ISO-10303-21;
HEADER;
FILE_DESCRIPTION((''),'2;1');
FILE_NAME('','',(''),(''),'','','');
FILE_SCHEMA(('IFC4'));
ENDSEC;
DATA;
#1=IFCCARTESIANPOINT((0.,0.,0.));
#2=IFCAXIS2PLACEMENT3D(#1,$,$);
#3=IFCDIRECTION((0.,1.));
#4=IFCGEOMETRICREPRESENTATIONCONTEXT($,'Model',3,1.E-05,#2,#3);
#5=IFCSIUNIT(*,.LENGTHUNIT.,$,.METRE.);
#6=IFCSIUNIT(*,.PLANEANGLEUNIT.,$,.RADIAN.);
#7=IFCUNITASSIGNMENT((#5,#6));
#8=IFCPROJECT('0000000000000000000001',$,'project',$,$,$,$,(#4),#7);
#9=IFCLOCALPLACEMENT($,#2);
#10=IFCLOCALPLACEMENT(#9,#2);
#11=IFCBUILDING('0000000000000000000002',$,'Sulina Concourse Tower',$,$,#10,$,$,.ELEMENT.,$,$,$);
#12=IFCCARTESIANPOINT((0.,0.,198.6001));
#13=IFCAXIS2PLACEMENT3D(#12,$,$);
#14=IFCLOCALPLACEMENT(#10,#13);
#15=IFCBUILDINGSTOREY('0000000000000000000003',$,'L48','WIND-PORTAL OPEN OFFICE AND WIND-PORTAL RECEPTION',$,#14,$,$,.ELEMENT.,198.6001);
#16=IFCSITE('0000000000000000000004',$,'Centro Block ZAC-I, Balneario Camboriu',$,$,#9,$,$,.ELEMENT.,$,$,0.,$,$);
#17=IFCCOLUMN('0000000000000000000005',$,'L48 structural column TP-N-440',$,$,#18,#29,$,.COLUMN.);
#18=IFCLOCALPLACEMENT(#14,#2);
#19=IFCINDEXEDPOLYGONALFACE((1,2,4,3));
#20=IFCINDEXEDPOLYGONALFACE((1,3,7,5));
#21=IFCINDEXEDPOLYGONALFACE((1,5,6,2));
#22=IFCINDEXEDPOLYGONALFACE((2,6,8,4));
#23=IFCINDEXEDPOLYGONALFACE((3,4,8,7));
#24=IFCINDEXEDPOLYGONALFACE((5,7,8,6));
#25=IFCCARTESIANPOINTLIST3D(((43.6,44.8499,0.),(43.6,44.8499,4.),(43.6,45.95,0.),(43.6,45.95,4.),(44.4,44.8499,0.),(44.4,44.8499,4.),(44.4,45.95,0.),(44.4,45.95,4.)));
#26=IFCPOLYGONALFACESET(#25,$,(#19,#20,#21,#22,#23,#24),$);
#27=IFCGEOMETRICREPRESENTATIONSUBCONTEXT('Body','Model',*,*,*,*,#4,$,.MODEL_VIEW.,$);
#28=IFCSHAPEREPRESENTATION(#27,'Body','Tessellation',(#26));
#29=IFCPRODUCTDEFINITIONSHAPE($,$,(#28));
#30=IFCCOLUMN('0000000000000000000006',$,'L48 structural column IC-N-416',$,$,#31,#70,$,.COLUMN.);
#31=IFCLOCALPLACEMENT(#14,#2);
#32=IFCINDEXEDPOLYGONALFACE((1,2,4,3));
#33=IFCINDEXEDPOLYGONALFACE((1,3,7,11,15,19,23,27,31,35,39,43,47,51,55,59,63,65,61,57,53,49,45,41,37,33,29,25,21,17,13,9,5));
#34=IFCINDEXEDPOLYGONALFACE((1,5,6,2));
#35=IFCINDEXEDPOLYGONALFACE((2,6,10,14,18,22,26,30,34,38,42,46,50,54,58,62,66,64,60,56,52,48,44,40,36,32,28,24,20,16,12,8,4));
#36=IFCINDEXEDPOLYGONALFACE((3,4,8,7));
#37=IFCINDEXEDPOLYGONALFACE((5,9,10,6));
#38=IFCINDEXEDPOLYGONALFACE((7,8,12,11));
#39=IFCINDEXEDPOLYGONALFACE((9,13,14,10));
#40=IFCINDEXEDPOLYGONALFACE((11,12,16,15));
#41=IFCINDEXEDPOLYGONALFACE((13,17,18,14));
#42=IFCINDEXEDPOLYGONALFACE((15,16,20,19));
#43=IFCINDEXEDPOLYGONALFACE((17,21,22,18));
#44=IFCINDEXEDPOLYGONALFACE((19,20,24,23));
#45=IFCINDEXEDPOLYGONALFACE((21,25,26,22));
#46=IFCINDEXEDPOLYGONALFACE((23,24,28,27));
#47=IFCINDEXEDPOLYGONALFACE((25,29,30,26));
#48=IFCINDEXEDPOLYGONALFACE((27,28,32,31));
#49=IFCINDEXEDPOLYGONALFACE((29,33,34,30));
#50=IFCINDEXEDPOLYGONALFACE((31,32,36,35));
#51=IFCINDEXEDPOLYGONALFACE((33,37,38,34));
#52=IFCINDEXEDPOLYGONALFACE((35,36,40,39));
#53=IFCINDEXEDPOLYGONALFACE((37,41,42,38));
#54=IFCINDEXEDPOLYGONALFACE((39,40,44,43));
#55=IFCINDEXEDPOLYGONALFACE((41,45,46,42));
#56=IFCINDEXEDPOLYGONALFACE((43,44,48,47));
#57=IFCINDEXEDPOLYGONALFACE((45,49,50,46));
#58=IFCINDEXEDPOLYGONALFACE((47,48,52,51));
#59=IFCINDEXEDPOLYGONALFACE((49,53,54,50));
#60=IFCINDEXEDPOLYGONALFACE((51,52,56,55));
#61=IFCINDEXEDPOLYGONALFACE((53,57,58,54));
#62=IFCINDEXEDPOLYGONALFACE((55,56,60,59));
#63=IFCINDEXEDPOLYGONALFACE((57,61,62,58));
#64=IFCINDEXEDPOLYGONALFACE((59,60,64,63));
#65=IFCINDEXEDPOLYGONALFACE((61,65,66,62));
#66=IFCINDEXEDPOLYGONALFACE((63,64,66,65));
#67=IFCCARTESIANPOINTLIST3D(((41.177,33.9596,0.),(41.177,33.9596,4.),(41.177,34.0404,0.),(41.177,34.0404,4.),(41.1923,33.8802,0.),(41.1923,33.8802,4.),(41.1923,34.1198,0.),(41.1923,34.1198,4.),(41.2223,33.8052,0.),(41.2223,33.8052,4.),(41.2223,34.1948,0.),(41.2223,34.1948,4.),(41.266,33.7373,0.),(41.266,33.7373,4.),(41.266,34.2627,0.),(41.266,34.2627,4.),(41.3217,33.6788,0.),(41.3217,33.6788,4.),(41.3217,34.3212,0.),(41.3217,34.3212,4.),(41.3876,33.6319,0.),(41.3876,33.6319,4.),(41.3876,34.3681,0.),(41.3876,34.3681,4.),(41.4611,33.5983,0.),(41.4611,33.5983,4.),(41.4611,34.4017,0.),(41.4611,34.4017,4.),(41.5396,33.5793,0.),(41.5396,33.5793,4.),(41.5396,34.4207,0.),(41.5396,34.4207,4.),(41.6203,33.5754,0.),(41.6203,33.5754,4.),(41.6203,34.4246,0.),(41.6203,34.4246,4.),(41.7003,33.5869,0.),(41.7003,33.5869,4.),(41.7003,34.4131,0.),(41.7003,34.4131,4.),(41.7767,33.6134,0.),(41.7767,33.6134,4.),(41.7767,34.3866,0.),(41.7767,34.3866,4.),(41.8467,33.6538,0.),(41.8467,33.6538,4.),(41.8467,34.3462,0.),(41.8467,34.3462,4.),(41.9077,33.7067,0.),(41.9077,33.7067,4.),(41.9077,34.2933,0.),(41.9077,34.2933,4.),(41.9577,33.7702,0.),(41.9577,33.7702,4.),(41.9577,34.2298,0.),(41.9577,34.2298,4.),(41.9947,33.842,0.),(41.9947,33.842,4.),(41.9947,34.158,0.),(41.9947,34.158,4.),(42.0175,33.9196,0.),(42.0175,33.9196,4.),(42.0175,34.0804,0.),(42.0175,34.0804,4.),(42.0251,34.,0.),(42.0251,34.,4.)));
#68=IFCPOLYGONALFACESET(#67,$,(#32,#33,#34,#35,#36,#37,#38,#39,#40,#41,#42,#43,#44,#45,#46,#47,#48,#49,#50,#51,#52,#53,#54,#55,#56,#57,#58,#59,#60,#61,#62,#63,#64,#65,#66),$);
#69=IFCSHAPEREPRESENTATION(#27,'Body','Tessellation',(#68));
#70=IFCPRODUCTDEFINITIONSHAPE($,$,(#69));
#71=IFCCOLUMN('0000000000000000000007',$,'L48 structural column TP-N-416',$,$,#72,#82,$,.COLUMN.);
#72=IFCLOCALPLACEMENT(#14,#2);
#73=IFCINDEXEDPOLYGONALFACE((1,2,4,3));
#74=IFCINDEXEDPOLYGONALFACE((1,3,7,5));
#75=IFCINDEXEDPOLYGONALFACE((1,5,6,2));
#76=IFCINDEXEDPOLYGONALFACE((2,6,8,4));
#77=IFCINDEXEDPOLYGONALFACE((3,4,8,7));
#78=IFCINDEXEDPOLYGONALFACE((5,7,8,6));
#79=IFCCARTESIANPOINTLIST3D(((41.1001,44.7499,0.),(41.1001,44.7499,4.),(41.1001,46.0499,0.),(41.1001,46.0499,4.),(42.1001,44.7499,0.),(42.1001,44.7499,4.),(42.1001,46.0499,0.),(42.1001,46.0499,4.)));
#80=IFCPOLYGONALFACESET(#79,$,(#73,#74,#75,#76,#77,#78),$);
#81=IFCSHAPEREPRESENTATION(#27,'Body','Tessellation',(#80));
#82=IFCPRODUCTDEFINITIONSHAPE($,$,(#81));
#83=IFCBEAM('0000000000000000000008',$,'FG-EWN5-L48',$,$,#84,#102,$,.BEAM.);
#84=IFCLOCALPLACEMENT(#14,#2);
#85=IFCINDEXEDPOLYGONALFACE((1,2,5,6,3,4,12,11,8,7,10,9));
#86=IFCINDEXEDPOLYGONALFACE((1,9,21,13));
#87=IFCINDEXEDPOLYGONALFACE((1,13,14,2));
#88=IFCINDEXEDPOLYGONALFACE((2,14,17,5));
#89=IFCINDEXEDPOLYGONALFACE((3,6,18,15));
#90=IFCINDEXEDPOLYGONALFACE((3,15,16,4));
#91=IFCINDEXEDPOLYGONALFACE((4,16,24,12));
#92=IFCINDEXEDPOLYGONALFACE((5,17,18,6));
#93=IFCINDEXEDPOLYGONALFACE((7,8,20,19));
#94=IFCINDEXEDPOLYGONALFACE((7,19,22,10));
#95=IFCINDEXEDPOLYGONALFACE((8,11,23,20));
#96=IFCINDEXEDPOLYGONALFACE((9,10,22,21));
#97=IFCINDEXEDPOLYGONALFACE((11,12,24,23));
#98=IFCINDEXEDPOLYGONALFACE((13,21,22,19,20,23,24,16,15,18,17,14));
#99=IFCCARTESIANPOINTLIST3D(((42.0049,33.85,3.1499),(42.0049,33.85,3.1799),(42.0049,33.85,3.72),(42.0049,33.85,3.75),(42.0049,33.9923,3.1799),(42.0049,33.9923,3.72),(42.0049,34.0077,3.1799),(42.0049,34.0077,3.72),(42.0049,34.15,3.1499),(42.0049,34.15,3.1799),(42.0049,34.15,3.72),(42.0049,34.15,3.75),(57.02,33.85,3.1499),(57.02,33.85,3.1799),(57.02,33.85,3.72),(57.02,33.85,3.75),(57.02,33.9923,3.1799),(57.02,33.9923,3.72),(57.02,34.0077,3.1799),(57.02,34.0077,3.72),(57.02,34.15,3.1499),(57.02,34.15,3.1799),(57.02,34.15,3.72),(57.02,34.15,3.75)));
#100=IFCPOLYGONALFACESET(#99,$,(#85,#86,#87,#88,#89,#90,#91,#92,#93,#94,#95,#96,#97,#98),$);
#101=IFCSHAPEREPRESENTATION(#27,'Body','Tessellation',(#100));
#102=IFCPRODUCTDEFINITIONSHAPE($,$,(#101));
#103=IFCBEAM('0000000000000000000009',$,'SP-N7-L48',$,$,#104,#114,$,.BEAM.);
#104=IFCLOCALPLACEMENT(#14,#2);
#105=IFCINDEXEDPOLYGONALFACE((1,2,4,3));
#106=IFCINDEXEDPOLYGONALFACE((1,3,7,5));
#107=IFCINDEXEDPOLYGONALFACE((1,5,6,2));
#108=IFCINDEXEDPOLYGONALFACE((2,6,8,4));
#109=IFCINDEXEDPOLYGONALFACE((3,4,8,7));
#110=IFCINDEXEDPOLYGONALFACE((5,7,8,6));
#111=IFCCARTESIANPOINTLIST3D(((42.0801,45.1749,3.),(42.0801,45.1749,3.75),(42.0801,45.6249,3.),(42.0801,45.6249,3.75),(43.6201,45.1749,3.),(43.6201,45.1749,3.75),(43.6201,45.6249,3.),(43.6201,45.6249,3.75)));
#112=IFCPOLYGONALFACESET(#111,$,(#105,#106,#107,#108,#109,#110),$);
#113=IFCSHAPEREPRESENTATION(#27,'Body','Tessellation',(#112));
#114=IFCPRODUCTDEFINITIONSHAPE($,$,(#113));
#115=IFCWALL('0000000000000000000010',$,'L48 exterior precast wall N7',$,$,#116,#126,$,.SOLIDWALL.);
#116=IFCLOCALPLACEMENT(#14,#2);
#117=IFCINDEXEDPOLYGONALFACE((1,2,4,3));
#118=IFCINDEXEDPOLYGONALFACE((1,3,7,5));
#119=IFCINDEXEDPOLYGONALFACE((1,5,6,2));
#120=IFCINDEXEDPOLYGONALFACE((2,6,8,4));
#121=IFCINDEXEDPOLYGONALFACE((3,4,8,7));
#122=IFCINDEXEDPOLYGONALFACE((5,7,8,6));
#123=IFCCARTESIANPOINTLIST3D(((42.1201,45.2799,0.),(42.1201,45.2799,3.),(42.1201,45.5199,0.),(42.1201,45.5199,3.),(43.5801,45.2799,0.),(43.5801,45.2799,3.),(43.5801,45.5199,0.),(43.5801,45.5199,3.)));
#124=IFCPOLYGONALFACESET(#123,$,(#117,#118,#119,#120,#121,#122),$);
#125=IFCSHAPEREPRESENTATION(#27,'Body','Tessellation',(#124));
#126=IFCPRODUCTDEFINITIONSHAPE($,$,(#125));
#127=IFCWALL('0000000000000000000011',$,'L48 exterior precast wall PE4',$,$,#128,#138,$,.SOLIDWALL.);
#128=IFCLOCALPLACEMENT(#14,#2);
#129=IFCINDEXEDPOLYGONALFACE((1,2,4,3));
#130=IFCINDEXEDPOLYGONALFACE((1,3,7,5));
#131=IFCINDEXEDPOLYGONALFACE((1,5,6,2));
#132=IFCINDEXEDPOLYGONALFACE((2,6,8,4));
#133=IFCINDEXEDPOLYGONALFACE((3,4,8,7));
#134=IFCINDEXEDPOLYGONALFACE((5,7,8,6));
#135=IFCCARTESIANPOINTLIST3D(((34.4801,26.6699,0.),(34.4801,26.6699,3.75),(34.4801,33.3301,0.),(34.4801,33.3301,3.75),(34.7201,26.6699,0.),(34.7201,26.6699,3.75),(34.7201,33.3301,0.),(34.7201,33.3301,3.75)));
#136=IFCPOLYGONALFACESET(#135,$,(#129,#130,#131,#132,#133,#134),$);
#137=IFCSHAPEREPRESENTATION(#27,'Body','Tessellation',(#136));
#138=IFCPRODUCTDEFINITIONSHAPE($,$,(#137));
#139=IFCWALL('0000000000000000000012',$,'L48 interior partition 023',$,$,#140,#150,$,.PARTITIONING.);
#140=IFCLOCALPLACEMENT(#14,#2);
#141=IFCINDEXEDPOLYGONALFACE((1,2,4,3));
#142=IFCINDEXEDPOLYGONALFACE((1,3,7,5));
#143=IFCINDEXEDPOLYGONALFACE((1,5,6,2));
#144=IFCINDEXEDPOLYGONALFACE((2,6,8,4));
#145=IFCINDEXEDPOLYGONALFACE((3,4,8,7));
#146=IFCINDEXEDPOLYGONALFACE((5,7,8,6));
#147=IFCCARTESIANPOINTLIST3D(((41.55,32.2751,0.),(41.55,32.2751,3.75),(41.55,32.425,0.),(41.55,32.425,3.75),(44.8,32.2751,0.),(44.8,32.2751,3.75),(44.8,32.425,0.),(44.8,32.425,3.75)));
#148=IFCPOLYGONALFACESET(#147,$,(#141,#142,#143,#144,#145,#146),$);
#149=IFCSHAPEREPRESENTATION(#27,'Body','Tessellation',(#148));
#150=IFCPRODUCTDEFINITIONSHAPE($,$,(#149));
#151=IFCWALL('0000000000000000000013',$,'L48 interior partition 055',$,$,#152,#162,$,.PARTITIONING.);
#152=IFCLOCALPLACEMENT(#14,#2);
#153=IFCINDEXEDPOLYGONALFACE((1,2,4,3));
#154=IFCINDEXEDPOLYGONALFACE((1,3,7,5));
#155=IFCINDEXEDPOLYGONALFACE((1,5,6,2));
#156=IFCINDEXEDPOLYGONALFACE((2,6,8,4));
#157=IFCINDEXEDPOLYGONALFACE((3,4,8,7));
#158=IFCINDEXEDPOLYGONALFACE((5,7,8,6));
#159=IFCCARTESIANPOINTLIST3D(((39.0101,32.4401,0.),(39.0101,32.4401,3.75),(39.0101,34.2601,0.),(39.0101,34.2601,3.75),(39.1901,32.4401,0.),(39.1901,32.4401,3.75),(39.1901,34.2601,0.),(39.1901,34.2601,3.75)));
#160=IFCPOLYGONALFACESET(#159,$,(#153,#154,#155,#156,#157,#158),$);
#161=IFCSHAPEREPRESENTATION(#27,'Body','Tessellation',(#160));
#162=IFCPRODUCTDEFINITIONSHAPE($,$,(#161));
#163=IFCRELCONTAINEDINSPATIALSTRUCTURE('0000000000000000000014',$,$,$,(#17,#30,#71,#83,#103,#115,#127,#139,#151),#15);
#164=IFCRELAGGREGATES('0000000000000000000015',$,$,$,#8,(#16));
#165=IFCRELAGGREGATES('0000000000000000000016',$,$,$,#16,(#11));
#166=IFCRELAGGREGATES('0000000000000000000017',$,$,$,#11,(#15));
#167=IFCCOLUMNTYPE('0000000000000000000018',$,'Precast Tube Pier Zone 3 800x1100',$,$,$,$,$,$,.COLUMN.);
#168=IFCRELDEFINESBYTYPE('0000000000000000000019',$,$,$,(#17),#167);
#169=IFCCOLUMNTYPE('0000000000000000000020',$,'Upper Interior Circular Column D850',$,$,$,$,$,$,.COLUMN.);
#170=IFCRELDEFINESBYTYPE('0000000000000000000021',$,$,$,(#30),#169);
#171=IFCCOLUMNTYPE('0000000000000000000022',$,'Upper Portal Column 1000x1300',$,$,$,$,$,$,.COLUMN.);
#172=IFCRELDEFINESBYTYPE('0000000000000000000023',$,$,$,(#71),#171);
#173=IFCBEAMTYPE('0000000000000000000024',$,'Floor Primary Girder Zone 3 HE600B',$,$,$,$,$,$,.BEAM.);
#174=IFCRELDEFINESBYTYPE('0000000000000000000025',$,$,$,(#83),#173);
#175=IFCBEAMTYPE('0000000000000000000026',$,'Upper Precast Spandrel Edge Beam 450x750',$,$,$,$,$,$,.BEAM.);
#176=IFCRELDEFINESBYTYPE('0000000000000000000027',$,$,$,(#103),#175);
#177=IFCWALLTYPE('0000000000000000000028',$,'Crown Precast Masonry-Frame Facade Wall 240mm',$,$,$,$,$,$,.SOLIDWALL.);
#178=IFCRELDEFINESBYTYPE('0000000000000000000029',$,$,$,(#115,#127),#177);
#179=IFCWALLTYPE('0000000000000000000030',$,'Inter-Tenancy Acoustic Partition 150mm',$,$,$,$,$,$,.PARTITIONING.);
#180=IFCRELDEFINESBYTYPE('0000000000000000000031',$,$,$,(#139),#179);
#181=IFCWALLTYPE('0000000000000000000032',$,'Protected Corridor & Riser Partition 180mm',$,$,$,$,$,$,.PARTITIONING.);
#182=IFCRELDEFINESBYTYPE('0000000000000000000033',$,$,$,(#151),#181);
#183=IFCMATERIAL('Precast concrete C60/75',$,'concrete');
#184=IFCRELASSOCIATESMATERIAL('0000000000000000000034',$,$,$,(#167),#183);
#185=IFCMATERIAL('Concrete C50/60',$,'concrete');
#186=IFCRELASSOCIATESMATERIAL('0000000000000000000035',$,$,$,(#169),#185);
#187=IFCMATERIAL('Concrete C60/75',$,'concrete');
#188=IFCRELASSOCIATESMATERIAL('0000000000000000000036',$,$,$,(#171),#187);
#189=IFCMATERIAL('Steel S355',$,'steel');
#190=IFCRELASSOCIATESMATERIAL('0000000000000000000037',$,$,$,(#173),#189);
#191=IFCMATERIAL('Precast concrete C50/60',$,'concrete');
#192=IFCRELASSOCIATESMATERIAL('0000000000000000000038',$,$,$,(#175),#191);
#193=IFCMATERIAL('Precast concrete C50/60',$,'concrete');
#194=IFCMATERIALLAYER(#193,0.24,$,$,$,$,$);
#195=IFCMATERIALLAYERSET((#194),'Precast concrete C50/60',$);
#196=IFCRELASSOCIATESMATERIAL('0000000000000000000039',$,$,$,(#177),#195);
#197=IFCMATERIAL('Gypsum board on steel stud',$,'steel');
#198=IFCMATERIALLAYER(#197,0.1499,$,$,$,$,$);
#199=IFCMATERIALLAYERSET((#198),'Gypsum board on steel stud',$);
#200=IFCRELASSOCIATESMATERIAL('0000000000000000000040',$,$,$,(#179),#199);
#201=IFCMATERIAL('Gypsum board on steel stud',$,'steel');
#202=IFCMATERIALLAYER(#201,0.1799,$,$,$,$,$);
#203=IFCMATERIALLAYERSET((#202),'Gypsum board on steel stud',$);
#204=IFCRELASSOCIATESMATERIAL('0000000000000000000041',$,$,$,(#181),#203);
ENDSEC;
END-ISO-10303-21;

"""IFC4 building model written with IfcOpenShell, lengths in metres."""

from ifc_helpers import new_model, si_unit, direction, frame, frame_2d, origin, origin_2d, place, context, subcontext, project, spatial, rectangle, circle, i_section, extrude, material, layer, layer_set, material_profile, profile_set, type_object, element, save


model = new_model("IFC4")

# Units and contexts
model_context = context("Model", 3, precision=1e-05, world=origin(), true_north=direction((0.0, 1.0)))
body_context = subcontext(model_context, "Body", "Model", "MODEL_VIEW")
ifc_project = project(units=[si_unit("LENGTHUNIT", "METRE"), si_unit("PLANEANGLEUNIT", "RADIAN")], contexts=[model_context])

# Site, building, storey
site_placement = place(None, origin())
site = spatial("IfcSite", under=ifc_project, at=site_placement, Name="Centro Block ZAC-I, Balneario Camboriu", CompositionType="ELEMENT", RefElevation=0.0)
building_placement = place(site_placement, origin())
building = spatial("IfcBuilding", under=site, at=building_placement, Name="Sulina Concourse Tower", CompositionType="ELEMENT")
storey_placement = place(building_placement, frame((0.0, 0.0, 198.6001)))
storey = spatial("IfcBuildingStorey", under=building, at=storey_placement, Name="L48", Description="WIND-PORTAL OPEN OFFICE AND WIND-PORTAL RECEPTION", CompositionType="ELEMENT", Elevation=198.6001)

# Columns
ifc_material_1 = material(Name="Precast concrete C60/75", Category="concrete")
ifc_material_profile_1 = material_profile(ifc_material_1, rectangle(XDim=0.8, YDim=1.1001, at=origin_2d()), Name="PC 800x1100")
ifc_profile_set_1 = profile_set([ifc_material_profile_1], Name="Precast concrete C60/75")
column_type_1 = type_object("IfcColumnType", Name="Precast Tube Pier Zone 3 800x1100", PredefinedType="COLUMN", material=ifc_profile_set_1)
column_1_placement = place(storey_placement, frame((44.0, 45.3999, 0.0), z_axis=(0.0, 0.0, 1.0), x_axis=(1.0, 0.0, 0.0)))
element("IfcColumn", 1, at=column_1_placement, inside=storey, type_object=column_type_1, Name="L48 structural column TP-N-440", PredefinedType="COLUMN", context=body_context, shape_type="SweptSolid", body=[
    extrude(rectangle(XDim=0.8, YDim=1.1001, at=origin_2d()), origin(), (0.0, 0.0, 1.0), 4.0),
])
ifc_material_2 = material(Name="Concrete C50/60", Category="concrete")
ifc_material_profile_2 = material_profile(ifc_material_2, circle(Radius=0.425, at=origin_2d()), Name="RC D850")
ifc_profile_set_2 = profile_set([ifc_material_profile_2], Name="Concrete C50/60")
column_type_2 = type_object("IfcColumnType", Name="Upper Interior Circular Column D850", PredefinedType="COLUMN", material=ifc_profile_set_2)
column_2_placement = place(storey_placement, frame((41.6001, 34.0, 0.0), z_axis=(0.0, 0.0, 1.0), x_axis=(1.0, 0.0, 0.0)))
element("IfcColumn", 2, at=column_2_placement, inside=storey, type_object=column_type_2, Name="L48 structural column IC-N-416", PredefinedType="COLUMN", context=body_context, shape_type="SweptSolid", body=[
    extrude(circle(Radius=0.425, at=origin_2d()), origin(), (0.0, 0.0, 1.0), 4.0),
])
ifc_material_3 = material(Name="Concrete C60/75", Category="concrete")
ifc_material_profile_3 = material_profile(ifc_material_3, rectangle(XDim=1.0, YDim=1.3, at=origin_2d()), Name="RC 1000x1300")
ifc_profile_set_3 = profile_set([ifc_material_profile_3], Name="Concrete C60/75")
column_type_3 = type_object("IfcColumnType", Name="Upper Portal Column 1000x1300", PredefinedType="COLUMN", material=ifc_profile_set_3)
column_3_placement = place(storey_placement, frame((41.6001, 45.3999, 0.0), z_axis=(0.0, 0.0, 1.0), x_axis=(1.0, 0.0, 0.0)))
element("IfcColumn", 3, at=column_3_placement, inside=storey, type_object=column_type_3, Name="L48 structural column TP-N-416", PredefinedType="COLUMN", context=body_context, shape_type="SweptSolid", body=[
    extrude(rectangle(XDim=1.0, YDim=1.3, at=origin_2d()), origin(), (0.0, 0.0, 1.0), 4.0),
])

# Beams
ifc_material_4 = material(Name="Steel S355", Category="steel")
ifc_material_profile_4 = material_profile(ifc_material_4, i_section(OverallWidth=0.3, OverallDepth=0.6001, WebThickness=0.0154, FlangeThickness=0.03, at=origin_2d()), Name="HE 600 B")
ifc_profile_set_4 = profile_set([ifc_material_profile_4], Name="Steel S355")
beam_type_1 = type_object("IfcBeamType", Name="Floor Primary Girder Zone 3 HE600B", PredefinedType="BEAM", material=ifc_profile_set_4)
beam_1_placement = place(storey_placement, frame((42.0049, 34.0, 3.45), z_axis=(1.0, 0.0, 0.0), x_axis=(0.0, 1.0, 0.0)))
element("IfcBeam", 4, at=beam_1_placement, inside=storey, type_object=beam_type_1, Name="FG-EWN5-L48", PredefinedType="BEAM", context=body_context, shape_type="SweptSolid", body=[
    extrude(i_section(OverallWidth=0.3, OverallDepth=0.6001, WebThickness=0.0154, FlangeThickness=0.03, at=origin_2d()), origin(), (0.0, 0.0, 1.0), 15.0151),
])
ifc_material_5 = material(Name="Precast concrete C50/60", Category="concrete")
ifc_material_profile_5 = material_profile(ifc_material_5, rectangle(XDim=0.45, YDim=0.75, at=origin_2d()), Name="RC 450x750")
ifc_profile_set_5 = profile_set([ifc_material_profile_5], Name="Precast concrete C50/60")
beam_type_2 = type_object("IfcBeamType", Name="Upper Precast Spandrel Edge Beam 450x750", PredefinedType="BEAM", material=ifc_profile_set_5)
beam_2_placement = place(storey_placement, frame((42.0801, 45.3999, 3.375), z_axis=(1.0, 0.0, 0.0), x_axis=(0.0, 1.0, 0.0)))
element("IfcBeam", 5, at=beam_2_placement, inside=storey, type_object=beam_type_2, Name="SP-N7-L48", PredefinedType="BEAM", context=body_context, shape_type="SweptSolid", body=[
    extrude(rectangle(XDim=0.45, YDim=0.75, at=origin_2d()), origin(), (0.0, 0.0, 1.0), 1.54),
])

# Walls
ifc_material_6 = material(Name="Precast concrete C50/60", Category="concrete")
ifc_layer_1 = layer(ifc_material_6, 0.24)
ifc_layer_set_1 = layer_set([ifc_layer_1], Name="Precast concrete C50/60")
wall_type_1 = type_object("IfcWallType", Name="Crown Precast Masonry-Frame Facade Wall 240mm", PredefinedType="SOLIDWALL", material=ifc_layer_set_1)
wall_1_placement = place(storey_placement, frame((42.1201, 45.3999, 0.0), z_axis=(0.0, 0.0, 1.0), x_axis=(1.0, 0.0, 0.0)))
element("IfcWall", 6, at=wall_1_placement, inside=storey, type_object=wall_type_1, Name="L48 exterior precast wall N7", PredefinedType="SOLIDWALL", context=body_context, shape_type="SweptSolid", body=[
    extrude(rectangle(XDim=1.46, YDim=0.24, at=frame_2d((0.73, 0.0))), origin(), (0.0, 0.0, 1.0), 3.0),
])
wall_2_placement = place(storey_placement, frame((34.6001, 26.6699, 0.0), z_axis=(0.0, 0.0, 1.0), x_axis=(0.0, 1.0, 0.0)))
element("IfcWall", 7, at=wall_2_placement, inside=storey, type_object=wall_type_1, Name="L48 exterior precast wall PE4", PredefinedType="SOLIDWALL", context=body_context, shape_type="SweptSolid", body=[
    extrude(rectangle(XDim=6.6602, YDim=0.24, at=frame_2d((3.3301, 0.0))), origin(), (0.0, 0.0, 1.0), 3.75),
])
ifc_material_7 = material(Name="Gypsum board on steel stud", Category="steel")
ifc_layer_2 = layer(ifc_material_7, 0.1499)
ifc_layer_set_2 = layer_set([ifc_layer_2], Name="Gypsum board on steel stud")
wall_type_2 = type_object("IfcWallType", Name="Inter-Tenancy Acoustic Partition 150mm", PredefinedType="PARTITIONING", material=ifc_layer_set_2)
wall_3_placement = place(storey_placement, frame((41.55, 32.3501, 0.0), z_axis=(0.0, 0.0, 1.0), x_axis=(1.0, 0.0, 0.0)))
element("IfcWall", 8, at=wall_3_placement, inside=storey, type_object=wall_type_2, Name="L48 interior partition 023", PredefinedType="PARTITIONING", context=body_context, shape_type="SweptSolid", body=[
    extrude(rectangle(XDim=3.25, YDim=0.1499, at=frame_2d((1.625, 0.0))), origin(), (0.0, 0.0, 1.0), 3.75),
])

# Shared definitions
ifc_material_8 = material(Name="Gypsum board on steel stud", Category="steel")
ifc_layer_3 = layer(ifc_material_8, 0.1799)
ifc_layer_set_3 = layer_set([ifc_layer_3], Name="Gypsum board on steel stud")
wall_type_3 = type_object("IfcWallType", Name="Protected Corridor & Riser Partition 180mm", PredefinedType="PARTITIONING", material=ifc_layer_set_3)

# Wall
wall_4_placement = place(storey_placement, frame((39.1001, 32.4399, 0.0), z_axis=(0.0, 0.0, 1.0), x_axis=(0.0, 1.0, 0.0)))
element("IfcWall", 9, at=wall_4_placement, inside=storey, type_object=wall_type_3, Name="L48 interior partition 055", PredefinedType="PARTITIONING", context=body_context, shape_type="SweptSolid", body=[
    extrude(rectangle(XDim=1.8201, YDim=0.1799, at=frame_2d((0.9102, 0.0))), origin(), (0.0, 0.0, 1.0), 3.75),
])

save(model, "model.ifc")
